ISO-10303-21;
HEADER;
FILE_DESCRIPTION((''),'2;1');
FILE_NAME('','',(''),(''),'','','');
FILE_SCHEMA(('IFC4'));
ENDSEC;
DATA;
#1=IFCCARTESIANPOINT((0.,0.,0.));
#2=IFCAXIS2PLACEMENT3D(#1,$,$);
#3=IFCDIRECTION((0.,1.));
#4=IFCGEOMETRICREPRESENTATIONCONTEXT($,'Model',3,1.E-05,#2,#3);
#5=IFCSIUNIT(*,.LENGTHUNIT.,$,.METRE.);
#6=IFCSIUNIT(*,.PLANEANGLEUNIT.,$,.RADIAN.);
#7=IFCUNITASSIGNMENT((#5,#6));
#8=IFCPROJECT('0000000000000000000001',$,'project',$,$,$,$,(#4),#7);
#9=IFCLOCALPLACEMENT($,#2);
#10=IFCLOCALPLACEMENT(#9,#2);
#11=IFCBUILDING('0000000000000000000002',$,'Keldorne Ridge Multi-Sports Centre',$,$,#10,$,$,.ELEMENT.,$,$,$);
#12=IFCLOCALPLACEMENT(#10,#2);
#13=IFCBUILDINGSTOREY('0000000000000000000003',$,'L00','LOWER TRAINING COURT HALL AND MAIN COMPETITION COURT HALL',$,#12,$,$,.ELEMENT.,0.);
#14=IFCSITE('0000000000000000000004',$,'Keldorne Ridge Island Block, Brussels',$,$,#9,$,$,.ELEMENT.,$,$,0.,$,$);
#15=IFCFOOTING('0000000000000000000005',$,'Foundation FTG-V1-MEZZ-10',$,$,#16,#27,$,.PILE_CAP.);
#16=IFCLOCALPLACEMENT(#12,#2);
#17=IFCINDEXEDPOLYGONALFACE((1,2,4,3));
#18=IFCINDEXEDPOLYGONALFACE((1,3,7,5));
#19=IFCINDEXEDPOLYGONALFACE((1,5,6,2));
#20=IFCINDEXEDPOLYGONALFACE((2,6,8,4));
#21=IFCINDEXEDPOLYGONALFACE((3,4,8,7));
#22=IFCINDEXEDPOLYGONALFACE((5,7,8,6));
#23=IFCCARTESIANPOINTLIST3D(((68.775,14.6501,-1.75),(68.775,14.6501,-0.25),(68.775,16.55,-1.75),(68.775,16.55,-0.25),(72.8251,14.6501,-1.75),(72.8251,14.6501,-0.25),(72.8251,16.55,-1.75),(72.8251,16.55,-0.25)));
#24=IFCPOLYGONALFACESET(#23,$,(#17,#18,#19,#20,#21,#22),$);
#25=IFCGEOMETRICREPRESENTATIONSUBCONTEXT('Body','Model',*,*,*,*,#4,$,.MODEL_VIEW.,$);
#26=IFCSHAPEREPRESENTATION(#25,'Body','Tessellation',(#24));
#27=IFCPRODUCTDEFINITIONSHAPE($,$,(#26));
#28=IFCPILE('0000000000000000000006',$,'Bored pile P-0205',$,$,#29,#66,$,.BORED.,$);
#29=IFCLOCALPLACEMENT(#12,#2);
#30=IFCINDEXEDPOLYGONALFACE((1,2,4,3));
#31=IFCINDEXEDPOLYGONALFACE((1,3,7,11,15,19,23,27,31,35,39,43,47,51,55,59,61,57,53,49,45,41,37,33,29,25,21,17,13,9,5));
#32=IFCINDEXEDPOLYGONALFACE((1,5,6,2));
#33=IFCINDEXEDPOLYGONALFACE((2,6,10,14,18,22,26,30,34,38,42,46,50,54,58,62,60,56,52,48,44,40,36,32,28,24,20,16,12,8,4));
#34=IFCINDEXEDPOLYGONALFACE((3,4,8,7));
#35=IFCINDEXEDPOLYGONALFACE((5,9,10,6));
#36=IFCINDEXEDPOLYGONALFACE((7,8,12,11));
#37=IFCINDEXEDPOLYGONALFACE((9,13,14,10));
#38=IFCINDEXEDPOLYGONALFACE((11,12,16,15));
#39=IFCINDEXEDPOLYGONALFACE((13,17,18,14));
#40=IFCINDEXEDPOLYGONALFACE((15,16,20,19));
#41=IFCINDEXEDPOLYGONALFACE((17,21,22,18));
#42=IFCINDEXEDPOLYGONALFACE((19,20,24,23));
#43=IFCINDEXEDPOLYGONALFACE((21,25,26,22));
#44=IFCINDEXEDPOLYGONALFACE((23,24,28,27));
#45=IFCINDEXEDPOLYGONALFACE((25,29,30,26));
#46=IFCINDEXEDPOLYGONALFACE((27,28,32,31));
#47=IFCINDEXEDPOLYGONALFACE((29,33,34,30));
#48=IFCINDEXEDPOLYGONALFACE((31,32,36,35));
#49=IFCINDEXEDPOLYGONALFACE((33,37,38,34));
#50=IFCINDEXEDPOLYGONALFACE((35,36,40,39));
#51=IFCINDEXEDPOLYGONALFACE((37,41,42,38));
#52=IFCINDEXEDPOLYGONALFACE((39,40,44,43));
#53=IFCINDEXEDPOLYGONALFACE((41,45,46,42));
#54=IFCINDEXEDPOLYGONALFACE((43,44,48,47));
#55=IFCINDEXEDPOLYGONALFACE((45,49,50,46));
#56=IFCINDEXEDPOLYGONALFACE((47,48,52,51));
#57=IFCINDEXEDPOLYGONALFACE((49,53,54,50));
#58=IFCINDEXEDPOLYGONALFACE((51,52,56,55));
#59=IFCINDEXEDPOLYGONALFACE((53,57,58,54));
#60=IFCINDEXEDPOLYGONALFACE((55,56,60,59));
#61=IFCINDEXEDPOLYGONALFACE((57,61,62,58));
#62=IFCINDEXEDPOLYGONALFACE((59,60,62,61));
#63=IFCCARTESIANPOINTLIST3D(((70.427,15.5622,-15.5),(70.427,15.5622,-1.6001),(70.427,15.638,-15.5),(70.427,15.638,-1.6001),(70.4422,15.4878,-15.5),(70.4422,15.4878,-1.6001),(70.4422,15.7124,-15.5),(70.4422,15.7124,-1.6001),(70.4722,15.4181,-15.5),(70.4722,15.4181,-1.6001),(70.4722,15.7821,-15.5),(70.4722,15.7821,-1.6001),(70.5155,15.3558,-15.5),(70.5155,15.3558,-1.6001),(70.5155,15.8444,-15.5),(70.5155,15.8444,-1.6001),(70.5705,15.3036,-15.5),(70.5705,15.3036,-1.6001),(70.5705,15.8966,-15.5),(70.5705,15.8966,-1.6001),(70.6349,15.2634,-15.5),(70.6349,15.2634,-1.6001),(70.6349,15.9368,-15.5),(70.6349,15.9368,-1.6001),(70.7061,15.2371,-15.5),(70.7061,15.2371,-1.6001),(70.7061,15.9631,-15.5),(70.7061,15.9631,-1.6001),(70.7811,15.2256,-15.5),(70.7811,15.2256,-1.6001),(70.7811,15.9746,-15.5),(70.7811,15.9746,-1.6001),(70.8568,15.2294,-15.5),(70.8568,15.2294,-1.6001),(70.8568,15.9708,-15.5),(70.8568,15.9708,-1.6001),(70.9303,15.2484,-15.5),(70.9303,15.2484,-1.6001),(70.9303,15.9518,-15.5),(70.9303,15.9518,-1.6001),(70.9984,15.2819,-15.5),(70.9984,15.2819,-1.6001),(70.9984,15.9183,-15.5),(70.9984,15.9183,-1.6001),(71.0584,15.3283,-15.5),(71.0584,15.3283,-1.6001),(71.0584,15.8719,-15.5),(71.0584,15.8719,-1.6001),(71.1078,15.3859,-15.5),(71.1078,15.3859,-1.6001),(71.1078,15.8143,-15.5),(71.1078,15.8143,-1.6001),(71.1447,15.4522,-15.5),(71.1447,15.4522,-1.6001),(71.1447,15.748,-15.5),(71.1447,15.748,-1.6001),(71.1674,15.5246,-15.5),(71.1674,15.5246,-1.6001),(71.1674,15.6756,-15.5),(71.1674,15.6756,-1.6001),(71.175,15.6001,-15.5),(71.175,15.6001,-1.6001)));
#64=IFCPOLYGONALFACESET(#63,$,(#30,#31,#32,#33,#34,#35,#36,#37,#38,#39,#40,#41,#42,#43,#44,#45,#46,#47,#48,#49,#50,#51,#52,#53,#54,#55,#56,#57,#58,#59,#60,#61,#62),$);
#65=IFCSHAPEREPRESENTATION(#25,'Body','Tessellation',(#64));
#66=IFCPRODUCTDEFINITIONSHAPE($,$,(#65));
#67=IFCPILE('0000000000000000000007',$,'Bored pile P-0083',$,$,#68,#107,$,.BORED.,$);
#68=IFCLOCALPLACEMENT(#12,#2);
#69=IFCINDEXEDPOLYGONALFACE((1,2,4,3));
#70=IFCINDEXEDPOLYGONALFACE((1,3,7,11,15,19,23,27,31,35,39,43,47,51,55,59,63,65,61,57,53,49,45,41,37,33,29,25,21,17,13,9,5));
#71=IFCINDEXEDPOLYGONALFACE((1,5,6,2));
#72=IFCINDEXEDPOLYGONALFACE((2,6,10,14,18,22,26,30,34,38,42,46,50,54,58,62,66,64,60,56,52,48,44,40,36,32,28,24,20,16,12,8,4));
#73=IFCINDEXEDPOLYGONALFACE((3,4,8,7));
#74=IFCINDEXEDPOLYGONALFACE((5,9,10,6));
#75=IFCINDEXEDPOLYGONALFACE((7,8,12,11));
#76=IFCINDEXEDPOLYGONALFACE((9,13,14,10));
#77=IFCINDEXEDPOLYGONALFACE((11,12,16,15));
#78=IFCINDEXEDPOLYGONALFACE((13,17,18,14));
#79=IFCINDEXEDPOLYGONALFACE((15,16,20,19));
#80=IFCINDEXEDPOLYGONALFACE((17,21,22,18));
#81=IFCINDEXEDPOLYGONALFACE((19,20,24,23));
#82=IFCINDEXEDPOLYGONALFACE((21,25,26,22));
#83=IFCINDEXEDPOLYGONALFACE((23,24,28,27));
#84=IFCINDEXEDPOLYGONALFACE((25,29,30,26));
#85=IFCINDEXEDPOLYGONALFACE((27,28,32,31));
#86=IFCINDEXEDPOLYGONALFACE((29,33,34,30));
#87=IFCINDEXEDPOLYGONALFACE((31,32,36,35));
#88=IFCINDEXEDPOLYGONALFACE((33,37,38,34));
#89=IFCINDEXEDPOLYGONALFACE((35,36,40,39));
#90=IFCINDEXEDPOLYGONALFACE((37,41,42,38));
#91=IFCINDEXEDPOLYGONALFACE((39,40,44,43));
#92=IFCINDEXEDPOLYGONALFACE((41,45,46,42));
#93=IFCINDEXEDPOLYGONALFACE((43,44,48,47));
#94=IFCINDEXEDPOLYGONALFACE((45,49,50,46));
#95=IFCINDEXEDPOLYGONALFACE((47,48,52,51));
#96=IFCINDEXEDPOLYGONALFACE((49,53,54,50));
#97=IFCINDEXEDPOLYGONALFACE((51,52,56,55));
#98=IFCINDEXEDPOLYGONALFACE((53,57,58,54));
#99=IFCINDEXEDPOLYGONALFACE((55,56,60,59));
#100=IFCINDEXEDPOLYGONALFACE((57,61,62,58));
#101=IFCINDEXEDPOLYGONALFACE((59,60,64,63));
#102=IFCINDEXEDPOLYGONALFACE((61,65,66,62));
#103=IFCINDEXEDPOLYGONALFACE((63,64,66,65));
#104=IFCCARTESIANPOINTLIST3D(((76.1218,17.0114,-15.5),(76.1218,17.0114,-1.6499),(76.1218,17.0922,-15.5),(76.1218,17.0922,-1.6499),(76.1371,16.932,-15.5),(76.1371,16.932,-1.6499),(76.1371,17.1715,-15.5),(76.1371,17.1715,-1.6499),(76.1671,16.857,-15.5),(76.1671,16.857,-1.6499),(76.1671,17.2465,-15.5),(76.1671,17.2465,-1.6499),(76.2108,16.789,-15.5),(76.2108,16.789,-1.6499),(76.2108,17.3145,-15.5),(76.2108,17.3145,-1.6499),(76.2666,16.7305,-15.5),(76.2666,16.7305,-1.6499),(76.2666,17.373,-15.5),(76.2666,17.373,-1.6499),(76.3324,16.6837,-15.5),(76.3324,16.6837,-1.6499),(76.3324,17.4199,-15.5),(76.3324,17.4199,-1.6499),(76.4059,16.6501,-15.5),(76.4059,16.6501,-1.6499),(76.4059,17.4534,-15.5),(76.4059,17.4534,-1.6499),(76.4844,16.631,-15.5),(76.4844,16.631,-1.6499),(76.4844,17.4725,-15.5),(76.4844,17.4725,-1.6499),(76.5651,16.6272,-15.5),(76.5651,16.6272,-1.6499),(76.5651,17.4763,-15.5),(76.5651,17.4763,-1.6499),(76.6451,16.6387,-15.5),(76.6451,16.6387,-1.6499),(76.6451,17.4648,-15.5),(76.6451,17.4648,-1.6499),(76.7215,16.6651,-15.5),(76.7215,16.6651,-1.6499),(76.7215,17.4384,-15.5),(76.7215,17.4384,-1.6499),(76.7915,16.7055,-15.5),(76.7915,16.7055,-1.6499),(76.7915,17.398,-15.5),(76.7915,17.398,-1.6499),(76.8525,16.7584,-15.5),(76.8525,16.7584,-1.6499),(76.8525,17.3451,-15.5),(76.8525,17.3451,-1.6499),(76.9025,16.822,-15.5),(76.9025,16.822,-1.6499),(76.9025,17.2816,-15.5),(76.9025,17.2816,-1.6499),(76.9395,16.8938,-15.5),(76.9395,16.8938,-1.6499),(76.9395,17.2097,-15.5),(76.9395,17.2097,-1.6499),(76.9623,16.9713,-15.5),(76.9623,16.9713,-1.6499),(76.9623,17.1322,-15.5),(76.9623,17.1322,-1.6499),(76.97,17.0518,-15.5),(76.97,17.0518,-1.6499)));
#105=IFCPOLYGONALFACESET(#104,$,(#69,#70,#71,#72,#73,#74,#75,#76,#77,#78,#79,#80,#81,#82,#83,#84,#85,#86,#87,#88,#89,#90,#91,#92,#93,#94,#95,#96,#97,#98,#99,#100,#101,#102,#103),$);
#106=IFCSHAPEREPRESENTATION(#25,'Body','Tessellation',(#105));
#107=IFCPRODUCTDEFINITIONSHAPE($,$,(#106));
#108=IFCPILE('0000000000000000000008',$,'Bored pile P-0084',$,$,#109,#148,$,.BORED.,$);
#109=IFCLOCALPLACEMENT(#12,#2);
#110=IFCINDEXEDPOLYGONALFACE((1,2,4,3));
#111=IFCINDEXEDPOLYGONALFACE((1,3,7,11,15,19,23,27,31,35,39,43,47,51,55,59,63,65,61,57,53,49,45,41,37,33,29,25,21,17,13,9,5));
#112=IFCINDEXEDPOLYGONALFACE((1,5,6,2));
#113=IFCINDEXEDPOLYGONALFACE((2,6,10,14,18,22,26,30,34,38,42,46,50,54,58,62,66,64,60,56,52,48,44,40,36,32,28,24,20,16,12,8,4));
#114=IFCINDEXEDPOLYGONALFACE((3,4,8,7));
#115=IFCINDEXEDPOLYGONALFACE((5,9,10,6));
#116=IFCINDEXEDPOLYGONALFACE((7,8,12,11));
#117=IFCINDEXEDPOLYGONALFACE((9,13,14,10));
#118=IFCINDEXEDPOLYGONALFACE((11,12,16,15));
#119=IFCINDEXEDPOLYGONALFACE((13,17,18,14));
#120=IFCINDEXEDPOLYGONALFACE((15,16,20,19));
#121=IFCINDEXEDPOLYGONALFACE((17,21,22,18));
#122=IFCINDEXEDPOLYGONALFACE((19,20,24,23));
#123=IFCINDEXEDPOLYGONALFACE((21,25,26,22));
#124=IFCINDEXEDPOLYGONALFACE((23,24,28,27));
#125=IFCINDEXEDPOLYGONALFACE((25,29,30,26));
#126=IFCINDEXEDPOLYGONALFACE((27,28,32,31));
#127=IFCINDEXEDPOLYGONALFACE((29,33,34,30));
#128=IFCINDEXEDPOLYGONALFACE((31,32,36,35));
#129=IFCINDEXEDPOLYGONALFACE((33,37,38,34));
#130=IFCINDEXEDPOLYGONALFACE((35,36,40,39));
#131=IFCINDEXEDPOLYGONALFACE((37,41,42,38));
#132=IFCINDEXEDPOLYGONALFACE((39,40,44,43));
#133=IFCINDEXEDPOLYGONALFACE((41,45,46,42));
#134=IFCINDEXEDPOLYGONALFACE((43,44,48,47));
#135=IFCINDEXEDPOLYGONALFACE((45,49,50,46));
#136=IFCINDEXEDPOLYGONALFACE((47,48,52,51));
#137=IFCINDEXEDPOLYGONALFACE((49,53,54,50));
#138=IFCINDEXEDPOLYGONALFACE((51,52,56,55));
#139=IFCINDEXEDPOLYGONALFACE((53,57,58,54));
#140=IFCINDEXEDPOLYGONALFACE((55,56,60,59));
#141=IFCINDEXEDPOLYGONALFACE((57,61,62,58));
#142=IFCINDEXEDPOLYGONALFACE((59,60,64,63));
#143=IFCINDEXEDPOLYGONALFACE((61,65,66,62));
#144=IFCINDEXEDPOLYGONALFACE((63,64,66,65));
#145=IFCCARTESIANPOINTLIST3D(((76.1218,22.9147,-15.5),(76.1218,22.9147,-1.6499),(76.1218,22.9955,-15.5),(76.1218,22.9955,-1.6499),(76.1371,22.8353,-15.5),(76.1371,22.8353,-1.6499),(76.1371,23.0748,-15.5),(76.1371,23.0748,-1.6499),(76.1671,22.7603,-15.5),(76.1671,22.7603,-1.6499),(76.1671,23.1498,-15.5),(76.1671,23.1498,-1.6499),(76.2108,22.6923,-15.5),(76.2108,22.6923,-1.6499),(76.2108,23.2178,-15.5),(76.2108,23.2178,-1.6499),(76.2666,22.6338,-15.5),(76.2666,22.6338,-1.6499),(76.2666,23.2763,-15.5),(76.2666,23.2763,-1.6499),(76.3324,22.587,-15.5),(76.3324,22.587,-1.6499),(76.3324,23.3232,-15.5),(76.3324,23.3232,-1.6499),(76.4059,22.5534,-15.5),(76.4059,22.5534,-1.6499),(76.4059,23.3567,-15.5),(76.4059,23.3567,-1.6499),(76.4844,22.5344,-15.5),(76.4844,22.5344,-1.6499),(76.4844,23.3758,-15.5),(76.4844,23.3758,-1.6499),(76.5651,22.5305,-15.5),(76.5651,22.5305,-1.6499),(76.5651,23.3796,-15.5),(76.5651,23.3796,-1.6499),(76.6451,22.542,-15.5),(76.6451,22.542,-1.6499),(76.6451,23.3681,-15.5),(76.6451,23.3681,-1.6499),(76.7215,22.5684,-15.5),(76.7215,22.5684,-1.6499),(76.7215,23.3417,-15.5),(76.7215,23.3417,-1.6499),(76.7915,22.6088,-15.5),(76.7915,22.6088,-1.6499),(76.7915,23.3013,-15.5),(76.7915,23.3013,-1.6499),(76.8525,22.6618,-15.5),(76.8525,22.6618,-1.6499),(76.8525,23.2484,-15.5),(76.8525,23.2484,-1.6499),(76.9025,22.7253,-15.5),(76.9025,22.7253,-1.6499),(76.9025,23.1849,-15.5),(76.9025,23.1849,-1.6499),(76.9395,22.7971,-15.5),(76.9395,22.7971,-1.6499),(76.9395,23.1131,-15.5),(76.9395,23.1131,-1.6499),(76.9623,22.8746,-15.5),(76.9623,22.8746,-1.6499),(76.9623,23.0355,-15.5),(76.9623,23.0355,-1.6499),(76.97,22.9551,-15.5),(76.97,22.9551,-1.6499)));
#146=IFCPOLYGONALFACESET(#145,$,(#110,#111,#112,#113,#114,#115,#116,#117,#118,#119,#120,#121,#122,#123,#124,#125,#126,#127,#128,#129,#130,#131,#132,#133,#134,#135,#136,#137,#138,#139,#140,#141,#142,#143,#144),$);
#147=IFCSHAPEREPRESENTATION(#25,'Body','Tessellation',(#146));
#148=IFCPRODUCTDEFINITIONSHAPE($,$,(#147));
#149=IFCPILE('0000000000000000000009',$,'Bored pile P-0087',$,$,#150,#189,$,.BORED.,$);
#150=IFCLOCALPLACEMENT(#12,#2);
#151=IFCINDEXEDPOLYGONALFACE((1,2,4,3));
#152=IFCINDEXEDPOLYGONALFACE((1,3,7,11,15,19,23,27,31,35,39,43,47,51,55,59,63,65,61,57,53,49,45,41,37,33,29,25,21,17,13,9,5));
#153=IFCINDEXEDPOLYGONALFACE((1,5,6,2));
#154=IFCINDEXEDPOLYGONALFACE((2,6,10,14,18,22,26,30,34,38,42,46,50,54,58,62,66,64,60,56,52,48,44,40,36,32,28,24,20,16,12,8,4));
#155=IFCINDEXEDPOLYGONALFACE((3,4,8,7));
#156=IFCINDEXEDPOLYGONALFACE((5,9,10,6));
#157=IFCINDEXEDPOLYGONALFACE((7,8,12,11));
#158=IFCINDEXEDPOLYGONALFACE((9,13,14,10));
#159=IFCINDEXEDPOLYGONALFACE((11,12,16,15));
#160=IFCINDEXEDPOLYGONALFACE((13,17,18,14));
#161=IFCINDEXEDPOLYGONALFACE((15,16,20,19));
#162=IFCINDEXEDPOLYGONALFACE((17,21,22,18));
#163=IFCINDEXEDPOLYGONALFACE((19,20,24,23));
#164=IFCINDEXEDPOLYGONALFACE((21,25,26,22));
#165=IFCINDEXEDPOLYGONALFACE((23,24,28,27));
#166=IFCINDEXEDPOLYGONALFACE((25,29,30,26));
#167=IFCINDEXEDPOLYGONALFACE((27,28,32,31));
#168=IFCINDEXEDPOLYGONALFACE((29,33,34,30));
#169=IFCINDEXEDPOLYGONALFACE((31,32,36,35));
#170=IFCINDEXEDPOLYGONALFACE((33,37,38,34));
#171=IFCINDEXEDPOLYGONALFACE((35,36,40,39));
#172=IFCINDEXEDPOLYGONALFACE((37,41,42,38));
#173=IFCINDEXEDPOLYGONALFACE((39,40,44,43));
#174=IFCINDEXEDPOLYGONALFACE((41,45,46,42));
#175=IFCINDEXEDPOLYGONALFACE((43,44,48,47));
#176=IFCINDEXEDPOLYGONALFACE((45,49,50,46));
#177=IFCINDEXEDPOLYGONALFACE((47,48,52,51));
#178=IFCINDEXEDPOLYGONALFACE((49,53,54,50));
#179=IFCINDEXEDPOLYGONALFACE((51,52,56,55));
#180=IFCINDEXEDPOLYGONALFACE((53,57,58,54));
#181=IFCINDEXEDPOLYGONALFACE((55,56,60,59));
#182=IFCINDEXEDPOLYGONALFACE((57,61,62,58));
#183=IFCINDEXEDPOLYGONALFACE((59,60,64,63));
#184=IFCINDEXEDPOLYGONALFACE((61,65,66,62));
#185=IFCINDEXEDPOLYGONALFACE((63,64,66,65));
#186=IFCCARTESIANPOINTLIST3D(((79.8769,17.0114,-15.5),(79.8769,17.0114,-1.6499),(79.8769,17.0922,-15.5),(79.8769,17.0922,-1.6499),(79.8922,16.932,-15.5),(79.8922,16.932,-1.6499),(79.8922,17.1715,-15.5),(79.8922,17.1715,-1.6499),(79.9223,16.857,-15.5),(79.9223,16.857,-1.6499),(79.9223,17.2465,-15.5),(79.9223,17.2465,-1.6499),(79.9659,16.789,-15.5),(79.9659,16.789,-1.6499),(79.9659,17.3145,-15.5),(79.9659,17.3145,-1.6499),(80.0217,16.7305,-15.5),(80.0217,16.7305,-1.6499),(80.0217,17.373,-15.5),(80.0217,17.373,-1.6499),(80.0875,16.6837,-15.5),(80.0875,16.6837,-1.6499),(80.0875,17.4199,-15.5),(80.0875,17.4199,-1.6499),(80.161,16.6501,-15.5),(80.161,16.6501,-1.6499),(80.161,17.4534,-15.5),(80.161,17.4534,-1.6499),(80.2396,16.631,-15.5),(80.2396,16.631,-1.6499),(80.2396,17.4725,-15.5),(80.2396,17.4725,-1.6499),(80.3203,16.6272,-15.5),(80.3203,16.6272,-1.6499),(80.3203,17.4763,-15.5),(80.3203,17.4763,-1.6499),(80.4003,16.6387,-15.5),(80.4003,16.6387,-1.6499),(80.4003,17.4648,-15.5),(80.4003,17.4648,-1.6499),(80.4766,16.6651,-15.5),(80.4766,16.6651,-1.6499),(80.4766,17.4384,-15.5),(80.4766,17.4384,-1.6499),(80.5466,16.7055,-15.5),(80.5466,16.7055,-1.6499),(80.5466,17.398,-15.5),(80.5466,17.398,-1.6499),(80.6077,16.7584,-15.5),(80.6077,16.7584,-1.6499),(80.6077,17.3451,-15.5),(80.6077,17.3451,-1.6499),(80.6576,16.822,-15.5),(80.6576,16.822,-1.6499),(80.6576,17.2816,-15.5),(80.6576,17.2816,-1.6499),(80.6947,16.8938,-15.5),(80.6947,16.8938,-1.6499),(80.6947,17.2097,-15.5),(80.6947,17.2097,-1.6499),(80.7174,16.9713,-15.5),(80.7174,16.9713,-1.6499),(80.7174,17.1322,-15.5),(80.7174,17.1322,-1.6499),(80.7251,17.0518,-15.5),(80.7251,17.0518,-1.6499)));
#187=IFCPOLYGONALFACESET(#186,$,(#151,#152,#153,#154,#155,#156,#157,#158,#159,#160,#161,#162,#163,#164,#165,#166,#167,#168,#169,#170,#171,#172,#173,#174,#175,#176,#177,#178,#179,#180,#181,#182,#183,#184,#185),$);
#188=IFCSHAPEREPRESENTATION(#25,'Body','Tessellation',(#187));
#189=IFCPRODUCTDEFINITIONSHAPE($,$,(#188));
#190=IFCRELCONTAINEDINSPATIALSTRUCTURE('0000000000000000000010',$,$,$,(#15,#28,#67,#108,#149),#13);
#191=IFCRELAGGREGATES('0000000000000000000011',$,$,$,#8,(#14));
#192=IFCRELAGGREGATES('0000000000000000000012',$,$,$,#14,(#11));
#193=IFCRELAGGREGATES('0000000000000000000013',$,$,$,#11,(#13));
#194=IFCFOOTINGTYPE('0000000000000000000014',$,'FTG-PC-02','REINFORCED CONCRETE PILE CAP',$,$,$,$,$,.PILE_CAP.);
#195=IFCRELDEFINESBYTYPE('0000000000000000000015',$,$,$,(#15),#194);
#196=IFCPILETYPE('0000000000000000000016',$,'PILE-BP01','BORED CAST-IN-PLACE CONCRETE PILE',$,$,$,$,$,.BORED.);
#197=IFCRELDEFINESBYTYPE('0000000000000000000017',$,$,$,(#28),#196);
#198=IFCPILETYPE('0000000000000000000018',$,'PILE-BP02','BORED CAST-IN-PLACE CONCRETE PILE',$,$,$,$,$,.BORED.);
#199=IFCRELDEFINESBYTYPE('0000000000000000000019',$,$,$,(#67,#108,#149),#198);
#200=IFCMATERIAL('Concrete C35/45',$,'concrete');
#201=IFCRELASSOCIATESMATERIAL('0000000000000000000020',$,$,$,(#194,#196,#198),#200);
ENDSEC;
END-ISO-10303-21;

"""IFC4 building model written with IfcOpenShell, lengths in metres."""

from ifc_helpers import new_model, si_unit, direction, frame, origin, origin_2d, place, context, subcontext, project, spatial, rectangle, circle, extrude, material, material_profile, profile_set, type_object, element, save


model = new_model("IFC4")

# Units and contexts
model_context = context("Model", 3, precision=1e-05, world=origin(), true_north=direction((0.0, 1.0)))
body_context = subcontext(model_context, "Body", "Model", "MODEL_VIEW")
ifc_project = project(units=[si_unit("LENGTHUNIT", "METRE"), si_unit("PLANEANGLEUNIT", "RADIAN")], contexts=[model_context])

# Site, building, storey
site_placement = place(None, origin())
site = spatial("IfcSite", under=ifc_project, at=site_placement, Name="Keldorne Ridge Island Block, Brussels", CompositionType="ELEMENT", RefElevation=0.0)
building_placement = place(site_placement, origin())
building = spatial("IfcBuilding", under=site, at=building_placement, Name="Keldorne Ridge Multi-Sports Centre", CompositionType="ELEMENT")
storey_placement = place(building_placement, origin())
storey = spatial("IfcBuildingStorey", under=building, at=storey_placement, Name="L00", Description="LOWER TRAINING COURT HALL AND MAIN COMPETITION COURT HALL", CompositionType="ELEMENT", Elevation=0.0)

# Footing
ifc_material_1 = material(Name="Concrete C35/45", Category="concrete")
footing_type = type_object("IfcFootingType", Name="FTG-PC-02", Description="REINFORCED CONCRETE PILE CAP", PredefinedType="PILE_CAP", material=ifc_material_1)
footing_placement = place(storey_placement, frame((70.8, 15.6001, -1.75), z_axis=(0.0, 0.0, 1.0), x_axis=(1.0, 0.0, 0.0)))
element("IfcFooting", 1, at=footing_placement, inside=storey, type_object=footing_type, Name="Foundation FTG-V1-MEZZ-10", PredefinedType="PILE_CAP", context=body_context, shape_type="SweptSolid", body=[
    extrude(rectangle(XDim=4.05, YDim=1.8999, at=origin_2d()), origin(), (0.0, 0.0, 1.0), 1.5),
])

# Piles
ifc_material_profile_1 = material_profile(ifc_material_1, circle(Radius=0.375, at=origin_2d()), Name="BORED PILE D750")
ifc_profile_set_1 = profile_set([ifc_material_profile_1], Name="Concrete C35/45")
pile_type_1 = type_object("IfcPileType", Name="PILE-BP01", Description="BORED CAST-IN-PLACE CONCRETE PILE", PredefinedType="BORED", material=ifc_profile_set_1)
pile_placement = place(storey_placement, frame((70.8, 15.6001, -1.6001), z_axis=(0.0, 0.0, -1.0), x_axis=(1.0, 0.0, 0.0)))
element("IfcPile", 2, at=pile_placement, inside=storey, type_object=pile_type_1, Name="Bored pile P-0205", PredefinedType="BORED", context=body_context, shape_type="SweptSolid", body=[
    extrude(circle(Radius=0.375, at=origin_2d()), origin(), (0.0, 0.0, 1.0), 13.8999),
])
ifc_material_profile_2 = material_profile(ifc_material_1, circle(Radius=0.425, at=origin_2d()), Name="BORED PILE D850")
ifc_profile_set_2 = profile_set([ifc_material_profile_2], Name="Concrete C35/45")
pile_type_2 = type_object("IfcPileType", Name="PILE-BP02", Description="BORED CAST-IN-PLACE CONCRETE PILE", PredefinedType="BORED", material=ifc_profile_set_2)
for number, where, z_axis, x_axis, name in (
    (3, (76.5449, 17.0518, -1.6499), (0.0, 0.0, -1.0), (1.0, 0.0, 0.0), "Bored pile P-0083"),
    (4, (76.5449, 22.9551, -1.6499), (0.0, 0.0, -1.0), (1.0, 0.0, 0.0), "Bored pile P-0084"),
    (5, (80.3, 17.0518, -1.6499), (0.0, 0.0, -1.0), (1.0, 0.0, 0.0), "Bored pile P-0087"),
):
    element("IfcPile", number, at=place(storey_placement, frame(where, z_axis=z_axis, x_axis=x_axis)), inside=storey, type_object=pile_type_2, Name=name, PredefinedType="BORED", context=body_context, shape_type="SweptSolid", body=[
        extrude(circle(Radius=0.425, at=origin_2d()), origin(), (0.0, 0.0, 1.0), 13.8501),
    ])

save(model, "model.ifc")
